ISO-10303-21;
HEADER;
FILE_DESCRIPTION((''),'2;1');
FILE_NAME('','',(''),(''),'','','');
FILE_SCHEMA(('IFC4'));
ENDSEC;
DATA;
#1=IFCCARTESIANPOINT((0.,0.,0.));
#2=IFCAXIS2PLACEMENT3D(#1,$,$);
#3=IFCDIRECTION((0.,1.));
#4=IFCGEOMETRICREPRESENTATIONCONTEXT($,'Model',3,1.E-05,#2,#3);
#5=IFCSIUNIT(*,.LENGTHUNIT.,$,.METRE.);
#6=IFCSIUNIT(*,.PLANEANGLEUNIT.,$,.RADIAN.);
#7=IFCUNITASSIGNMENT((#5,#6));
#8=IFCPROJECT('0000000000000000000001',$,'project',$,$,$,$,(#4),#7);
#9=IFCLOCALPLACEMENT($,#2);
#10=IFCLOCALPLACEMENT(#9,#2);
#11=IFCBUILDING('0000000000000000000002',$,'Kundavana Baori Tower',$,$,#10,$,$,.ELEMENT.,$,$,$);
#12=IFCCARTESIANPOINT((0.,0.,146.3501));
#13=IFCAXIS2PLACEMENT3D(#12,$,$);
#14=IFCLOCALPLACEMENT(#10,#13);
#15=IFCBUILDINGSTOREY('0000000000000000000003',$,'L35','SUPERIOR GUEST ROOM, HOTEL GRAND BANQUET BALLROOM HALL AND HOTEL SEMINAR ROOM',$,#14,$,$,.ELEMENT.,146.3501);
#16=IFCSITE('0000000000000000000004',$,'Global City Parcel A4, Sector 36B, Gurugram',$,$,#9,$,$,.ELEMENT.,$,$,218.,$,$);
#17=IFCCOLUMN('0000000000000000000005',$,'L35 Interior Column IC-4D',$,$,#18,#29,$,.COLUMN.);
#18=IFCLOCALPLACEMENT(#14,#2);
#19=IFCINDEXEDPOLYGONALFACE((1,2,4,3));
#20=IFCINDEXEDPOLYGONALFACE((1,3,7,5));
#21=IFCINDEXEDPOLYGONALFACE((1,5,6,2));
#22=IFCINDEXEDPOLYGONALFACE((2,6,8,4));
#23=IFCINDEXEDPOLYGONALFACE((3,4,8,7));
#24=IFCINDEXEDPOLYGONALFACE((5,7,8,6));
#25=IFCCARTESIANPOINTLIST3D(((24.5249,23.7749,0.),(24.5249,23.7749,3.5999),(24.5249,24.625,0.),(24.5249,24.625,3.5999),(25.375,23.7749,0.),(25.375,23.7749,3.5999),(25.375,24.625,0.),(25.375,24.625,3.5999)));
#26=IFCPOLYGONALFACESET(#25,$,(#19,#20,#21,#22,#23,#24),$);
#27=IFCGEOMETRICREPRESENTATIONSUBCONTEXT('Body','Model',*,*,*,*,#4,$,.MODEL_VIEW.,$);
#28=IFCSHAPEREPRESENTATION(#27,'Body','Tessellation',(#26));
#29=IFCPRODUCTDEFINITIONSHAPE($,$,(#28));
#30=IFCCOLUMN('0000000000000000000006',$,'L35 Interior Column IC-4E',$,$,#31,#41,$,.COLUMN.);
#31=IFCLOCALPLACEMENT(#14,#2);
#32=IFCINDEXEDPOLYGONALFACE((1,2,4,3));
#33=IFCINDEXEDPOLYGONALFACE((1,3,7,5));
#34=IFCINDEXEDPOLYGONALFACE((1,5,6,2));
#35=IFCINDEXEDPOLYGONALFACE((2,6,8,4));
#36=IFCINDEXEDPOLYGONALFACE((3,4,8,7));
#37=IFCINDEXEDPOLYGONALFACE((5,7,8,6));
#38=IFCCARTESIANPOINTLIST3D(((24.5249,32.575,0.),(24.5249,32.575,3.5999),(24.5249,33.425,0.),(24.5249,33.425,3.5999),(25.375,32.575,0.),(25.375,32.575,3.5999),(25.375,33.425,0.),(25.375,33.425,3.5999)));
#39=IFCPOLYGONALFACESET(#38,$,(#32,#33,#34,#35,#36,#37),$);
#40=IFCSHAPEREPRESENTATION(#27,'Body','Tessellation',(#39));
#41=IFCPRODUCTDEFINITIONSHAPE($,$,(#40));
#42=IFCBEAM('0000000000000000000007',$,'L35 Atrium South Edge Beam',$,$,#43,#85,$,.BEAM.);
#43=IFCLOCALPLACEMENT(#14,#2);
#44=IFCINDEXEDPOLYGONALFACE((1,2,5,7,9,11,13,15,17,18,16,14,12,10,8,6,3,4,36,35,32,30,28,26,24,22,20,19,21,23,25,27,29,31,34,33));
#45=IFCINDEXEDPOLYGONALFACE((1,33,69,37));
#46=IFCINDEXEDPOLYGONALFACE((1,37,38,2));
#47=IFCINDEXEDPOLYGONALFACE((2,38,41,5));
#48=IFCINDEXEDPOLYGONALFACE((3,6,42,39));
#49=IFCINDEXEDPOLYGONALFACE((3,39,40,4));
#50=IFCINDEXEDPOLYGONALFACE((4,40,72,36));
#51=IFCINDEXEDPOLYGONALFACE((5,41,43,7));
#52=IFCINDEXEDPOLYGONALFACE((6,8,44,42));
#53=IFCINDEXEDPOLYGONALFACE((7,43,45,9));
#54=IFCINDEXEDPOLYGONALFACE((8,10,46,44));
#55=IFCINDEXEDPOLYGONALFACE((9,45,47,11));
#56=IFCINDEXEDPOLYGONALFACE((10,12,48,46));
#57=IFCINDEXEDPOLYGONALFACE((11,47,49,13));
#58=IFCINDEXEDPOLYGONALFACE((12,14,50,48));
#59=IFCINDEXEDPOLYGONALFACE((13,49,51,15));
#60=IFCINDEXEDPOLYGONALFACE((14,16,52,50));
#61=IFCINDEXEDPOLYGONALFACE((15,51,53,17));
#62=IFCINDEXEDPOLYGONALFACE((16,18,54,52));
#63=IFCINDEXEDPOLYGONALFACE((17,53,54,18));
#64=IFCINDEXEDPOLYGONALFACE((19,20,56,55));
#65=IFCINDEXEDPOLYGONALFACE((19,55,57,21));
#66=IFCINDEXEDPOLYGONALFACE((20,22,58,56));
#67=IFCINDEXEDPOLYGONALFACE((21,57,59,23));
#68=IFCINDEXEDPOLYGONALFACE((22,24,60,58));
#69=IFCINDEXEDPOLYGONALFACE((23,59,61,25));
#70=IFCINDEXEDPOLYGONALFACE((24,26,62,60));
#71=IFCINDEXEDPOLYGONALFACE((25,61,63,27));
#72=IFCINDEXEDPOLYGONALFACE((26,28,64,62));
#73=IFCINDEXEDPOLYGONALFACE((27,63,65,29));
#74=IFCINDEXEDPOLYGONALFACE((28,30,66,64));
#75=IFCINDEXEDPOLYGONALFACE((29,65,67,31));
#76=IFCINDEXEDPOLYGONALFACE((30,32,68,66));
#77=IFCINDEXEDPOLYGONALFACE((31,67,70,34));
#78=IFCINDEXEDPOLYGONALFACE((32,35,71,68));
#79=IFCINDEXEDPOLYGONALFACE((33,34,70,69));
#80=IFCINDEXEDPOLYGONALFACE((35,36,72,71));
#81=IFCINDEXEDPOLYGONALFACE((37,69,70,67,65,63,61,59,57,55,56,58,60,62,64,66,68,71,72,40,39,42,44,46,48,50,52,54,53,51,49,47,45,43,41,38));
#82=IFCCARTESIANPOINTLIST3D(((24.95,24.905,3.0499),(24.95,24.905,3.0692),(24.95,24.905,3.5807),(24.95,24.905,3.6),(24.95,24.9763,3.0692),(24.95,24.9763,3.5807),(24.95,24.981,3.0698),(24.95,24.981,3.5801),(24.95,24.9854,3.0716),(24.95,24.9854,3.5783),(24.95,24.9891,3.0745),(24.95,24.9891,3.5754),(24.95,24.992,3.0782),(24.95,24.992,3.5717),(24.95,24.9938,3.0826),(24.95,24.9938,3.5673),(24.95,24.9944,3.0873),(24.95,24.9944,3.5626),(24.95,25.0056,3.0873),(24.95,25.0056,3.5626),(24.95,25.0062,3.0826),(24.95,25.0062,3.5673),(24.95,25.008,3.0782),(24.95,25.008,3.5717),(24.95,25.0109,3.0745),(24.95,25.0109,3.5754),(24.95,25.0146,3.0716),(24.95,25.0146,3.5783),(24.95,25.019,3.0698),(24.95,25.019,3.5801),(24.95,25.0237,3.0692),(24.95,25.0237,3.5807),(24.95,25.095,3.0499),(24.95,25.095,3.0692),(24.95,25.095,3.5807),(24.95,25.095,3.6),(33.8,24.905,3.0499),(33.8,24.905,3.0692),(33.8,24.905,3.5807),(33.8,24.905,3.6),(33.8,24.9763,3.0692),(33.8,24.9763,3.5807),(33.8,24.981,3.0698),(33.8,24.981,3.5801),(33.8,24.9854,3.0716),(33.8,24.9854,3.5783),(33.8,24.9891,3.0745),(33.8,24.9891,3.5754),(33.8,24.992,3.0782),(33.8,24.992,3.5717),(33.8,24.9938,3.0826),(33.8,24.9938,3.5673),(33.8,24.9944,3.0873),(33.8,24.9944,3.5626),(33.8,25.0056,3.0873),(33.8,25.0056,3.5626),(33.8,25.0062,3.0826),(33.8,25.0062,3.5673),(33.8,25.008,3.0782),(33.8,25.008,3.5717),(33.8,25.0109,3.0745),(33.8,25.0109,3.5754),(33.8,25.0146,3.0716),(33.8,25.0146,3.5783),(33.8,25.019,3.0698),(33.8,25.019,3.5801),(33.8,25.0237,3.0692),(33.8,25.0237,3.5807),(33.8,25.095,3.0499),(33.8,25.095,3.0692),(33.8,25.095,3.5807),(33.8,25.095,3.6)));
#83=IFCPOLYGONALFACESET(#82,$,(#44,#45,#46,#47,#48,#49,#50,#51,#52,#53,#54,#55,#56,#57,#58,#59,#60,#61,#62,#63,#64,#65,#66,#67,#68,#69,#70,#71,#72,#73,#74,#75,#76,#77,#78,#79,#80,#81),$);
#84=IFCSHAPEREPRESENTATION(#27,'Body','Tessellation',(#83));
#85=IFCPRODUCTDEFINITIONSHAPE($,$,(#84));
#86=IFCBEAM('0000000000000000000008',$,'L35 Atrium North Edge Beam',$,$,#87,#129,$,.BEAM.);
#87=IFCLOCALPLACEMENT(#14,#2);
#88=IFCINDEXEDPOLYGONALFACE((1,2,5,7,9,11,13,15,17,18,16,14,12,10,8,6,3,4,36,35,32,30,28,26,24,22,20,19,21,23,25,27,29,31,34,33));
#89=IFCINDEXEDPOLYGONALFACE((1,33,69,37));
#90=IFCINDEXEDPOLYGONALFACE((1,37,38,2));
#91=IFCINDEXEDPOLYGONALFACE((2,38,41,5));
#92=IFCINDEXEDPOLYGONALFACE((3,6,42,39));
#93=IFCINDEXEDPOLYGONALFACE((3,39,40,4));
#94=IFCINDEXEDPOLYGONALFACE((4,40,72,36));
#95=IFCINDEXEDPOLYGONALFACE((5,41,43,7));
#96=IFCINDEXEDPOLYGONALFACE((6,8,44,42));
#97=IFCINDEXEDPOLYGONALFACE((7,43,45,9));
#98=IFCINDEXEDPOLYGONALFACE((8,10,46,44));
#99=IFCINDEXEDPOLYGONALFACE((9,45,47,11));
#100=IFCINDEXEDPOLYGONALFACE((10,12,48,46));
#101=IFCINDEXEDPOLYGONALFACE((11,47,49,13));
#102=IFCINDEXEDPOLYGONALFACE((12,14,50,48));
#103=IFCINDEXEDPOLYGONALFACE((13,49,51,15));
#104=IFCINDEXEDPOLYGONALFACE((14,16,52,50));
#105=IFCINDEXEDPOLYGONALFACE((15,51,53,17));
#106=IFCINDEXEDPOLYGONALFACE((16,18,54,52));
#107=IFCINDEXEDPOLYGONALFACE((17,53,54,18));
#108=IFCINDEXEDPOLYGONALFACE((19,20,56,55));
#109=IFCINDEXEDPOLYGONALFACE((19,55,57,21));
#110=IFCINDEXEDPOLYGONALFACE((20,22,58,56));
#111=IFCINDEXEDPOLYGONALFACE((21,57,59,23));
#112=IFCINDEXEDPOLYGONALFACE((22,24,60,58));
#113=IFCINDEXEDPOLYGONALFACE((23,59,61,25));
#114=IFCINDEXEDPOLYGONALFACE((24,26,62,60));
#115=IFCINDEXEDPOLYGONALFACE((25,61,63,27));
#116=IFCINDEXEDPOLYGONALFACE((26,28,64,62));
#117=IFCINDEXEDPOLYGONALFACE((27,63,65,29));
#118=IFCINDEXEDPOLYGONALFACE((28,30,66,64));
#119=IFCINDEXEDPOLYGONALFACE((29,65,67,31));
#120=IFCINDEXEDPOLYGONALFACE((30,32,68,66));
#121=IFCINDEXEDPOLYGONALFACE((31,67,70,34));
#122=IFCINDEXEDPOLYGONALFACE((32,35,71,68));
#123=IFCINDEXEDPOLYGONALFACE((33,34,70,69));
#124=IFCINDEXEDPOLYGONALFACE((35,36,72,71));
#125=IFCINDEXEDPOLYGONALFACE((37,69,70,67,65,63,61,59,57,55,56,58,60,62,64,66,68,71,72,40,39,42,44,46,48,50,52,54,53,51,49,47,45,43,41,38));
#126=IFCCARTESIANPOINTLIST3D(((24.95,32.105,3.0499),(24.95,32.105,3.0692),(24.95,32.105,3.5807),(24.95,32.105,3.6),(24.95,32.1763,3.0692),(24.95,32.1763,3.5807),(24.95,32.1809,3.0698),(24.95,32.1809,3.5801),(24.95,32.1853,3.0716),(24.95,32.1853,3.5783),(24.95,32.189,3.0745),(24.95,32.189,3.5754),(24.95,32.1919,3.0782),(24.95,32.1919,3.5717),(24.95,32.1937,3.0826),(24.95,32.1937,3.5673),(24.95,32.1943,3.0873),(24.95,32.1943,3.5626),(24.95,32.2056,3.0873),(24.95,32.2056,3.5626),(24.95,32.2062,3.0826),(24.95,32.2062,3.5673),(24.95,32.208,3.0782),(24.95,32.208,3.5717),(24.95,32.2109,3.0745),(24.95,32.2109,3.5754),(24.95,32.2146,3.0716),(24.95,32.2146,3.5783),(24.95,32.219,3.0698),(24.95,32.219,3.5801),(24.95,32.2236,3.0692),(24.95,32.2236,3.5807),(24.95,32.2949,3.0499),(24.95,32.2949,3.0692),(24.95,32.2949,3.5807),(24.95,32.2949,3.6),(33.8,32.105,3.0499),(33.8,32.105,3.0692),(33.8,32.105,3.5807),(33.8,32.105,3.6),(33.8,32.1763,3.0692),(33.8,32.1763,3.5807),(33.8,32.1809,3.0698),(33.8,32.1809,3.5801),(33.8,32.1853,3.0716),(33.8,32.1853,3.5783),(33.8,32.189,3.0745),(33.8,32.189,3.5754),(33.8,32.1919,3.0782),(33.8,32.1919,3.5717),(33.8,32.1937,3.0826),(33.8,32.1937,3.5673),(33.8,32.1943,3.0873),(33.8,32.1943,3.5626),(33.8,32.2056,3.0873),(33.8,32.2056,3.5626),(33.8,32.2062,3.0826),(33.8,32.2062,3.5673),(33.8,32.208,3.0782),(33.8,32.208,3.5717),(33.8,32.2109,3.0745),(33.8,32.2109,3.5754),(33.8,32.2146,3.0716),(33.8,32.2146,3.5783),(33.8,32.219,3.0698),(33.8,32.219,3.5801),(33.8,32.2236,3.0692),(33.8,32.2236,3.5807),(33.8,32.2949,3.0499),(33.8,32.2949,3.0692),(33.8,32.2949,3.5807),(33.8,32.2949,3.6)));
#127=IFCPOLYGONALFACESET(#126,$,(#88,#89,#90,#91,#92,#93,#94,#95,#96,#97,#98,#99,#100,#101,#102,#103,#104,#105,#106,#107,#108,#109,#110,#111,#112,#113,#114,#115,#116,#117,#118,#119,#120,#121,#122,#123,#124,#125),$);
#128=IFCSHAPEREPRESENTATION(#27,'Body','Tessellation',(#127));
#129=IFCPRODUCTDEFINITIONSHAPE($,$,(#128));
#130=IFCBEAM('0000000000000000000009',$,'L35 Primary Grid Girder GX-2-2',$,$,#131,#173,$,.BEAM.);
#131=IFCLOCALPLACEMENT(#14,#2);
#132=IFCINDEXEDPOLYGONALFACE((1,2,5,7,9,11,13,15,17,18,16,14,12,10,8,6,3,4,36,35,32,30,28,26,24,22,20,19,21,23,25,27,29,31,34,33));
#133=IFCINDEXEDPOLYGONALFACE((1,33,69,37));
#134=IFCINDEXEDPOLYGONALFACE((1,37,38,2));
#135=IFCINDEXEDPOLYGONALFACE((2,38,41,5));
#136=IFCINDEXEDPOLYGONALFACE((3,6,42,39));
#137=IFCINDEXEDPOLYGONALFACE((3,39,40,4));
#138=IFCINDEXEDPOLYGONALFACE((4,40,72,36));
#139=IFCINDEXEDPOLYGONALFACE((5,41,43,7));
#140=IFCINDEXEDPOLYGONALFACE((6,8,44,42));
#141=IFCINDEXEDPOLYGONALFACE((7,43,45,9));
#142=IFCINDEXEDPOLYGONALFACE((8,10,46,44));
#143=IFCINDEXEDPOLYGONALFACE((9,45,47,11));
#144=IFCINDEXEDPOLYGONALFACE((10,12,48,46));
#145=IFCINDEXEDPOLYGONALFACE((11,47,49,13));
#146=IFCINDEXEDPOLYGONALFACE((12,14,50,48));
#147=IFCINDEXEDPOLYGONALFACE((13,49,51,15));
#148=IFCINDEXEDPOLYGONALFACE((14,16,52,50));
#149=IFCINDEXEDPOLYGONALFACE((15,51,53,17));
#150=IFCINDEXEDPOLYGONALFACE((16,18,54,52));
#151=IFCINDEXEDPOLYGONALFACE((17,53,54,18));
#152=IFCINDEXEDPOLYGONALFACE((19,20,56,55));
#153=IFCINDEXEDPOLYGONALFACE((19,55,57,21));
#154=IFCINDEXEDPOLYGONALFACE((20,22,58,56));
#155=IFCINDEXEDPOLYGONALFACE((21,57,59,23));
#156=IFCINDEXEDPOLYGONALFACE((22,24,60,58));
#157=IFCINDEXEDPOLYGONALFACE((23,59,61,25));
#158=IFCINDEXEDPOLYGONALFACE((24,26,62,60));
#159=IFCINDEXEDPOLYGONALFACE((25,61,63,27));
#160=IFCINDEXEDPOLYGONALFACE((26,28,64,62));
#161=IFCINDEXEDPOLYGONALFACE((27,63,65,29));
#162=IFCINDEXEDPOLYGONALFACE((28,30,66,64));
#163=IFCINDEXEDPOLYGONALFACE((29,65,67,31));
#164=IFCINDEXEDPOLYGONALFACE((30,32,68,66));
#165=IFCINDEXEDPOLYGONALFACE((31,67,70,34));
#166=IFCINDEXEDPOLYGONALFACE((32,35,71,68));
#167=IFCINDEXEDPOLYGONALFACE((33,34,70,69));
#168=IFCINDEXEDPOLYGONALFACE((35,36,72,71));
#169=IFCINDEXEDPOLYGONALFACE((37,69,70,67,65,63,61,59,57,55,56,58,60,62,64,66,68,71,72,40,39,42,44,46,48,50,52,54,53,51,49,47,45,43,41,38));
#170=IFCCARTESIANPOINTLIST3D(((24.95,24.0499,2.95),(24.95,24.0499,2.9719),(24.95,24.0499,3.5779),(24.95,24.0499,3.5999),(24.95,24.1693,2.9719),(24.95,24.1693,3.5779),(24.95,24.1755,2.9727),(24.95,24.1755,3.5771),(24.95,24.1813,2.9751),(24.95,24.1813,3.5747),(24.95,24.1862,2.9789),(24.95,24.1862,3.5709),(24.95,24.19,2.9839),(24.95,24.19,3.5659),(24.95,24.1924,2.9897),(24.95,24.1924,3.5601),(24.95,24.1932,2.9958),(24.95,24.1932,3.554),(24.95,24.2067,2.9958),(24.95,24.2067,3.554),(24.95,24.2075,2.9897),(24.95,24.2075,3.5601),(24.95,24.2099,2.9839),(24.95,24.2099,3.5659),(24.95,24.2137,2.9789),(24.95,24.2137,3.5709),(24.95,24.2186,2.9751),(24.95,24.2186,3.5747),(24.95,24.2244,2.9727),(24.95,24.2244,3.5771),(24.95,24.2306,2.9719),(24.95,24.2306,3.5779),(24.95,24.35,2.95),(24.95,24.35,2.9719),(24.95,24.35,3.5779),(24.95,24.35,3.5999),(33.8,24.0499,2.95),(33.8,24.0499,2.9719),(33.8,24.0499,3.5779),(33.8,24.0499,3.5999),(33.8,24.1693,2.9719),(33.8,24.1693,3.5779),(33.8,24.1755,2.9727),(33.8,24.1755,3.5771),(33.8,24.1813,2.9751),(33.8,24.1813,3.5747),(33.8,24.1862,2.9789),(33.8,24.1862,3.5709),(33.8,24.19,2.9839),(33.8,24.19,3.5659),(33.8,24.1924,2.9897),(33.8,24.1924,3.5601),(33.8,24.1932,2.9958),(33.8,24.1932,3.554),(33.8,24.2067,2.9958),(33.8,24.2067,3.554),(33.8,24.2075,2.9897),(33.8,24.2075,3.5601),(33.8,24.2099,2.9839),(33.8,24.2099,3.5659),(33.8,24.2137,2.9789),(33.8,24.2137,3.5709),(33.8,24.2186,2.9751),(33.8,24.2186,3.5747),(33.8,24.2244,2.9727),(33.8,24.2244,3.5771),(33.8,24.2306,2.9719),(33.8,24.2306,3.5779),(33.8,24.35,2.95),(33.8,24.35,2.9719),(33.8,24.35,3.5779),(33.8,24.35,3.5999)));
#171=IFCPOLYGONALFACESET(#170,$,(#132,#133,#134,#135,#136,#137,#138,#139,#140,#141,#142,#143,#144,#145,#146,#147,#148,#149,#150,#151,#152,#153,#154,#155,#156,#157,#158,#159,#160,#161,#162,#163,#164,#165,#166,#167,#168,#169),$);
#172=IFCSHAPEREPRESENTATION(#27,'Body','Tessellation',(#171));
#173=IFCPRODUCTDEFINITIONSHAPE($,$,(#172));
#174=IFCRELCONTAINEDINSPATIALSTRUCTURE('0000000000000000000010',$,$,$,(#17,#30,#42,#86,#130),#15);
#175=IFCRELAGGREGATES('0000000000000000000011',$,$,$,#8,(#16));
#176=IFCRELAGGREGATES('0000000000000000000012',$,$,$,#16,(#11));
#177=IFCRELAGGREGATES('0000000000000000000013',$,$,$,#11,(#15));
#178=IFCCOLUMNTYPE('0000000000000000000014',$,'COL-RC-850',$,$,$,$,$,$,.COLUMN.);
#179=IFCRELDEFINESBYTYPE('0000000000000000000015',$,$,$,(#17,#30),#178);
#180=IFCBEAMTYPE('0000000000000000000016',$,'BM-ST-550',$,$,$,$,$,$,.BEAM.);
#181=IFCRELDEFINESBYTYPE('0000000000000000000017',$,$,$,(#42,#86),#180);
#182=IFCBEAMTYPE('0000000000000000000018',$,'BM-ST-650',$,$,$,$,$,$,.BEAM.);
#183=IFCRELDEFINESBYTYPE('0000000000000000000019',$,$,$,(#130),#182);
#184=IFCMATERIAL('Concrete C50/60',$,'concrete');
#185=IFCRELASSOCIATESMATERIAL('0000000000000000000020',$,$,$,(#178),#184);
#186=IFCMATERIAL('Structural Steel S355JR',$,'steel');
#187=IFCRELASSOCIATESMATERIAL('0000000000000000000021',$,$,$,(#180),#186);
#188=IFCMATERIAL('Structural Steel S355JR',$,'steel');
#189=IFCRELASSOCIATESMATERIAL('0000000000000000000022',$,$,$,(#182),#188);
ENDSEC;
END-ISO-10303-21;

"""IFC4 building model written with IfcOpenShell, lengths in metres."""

from ifc_helpers import new_model, si_unit, direction, frame, origin, origin_2d, place, context, subcontext, project, spatial, rectangle, i_section, extrude, material, material_profile, profile_set, type_object, element, save


model = new_model("IFC4")

# Units and contexts
model_context = context("Model", 3, precision=1e-05, world=origin(), true_north=direction((0.0, 1.0)))
body_context = subcontext(model_context, "Body", "Model", "MODEL_VIEW")
ifc_project = project(units=[si_unit("LENGTHUNIT", "METRE"), si_unit("PLANEANGLEUNIT", "RADIAN")], contexts=[model_context])

# Site, building, storey
site_placement = place(None, origin())
site = spatial("IfcSite", under=ifc_project, at=site_placement, Name="Global City Parcel A4, Sector 36B, Gurugram", CompositionType="ELEMENT", RefElevation=218.0)
building_placement = place(site_placement, origin())
building = spatial("IfcBuilding", under=site, at=building_placement, Name="Kundavana Baori Tower", CompositionType="ELEMENT")
storey_placement = place(building_placement, frame((0.0, 0.0, 146.3501)))
storey = spatial("IfcBuildingStorey", under=building, at=storey_placement, Name="L35", Description="SUPERIOR GUEST ROOM, HOTEL GRAND BANQUET BALLROOM HALL AND HOTEL SEMINAR ROOM", CompositionType="ELEMENT", Elevation=146.3501)

# Columns
ifc_material_1 = material(Name="Concrete C50/60", Category="concrete")
ifc_material_profile_1 = material_profile(ifc_material_1, rectangle(XDim=0.8501, YDim=0.8501, at=origin_2d()), Name="RC 850x850")
ifc_profile_set_1 = profile_set([ifc_material_profile_1], Name="Concrete C50/60")
column_type = type_object("IfcColumnType", Name="COL-RC-850", PredefinedType="COLUMN", material=ifc_profile_set_1)
for number, where, z_axis, x_axis, name in (
    (1, (24.95, 24.2, 0.0), (0.0, 0.0, 1.0), (1.0, 0.0, 0.0), "L35 Interior Column IC-4D"),
    (2, (24.95, 33.0, 0.0), (0.0, 0.0, 1.0), (1.0, 0.0, 0.0), "L35 Interior Column IC-4E"),
):
    element("IfcColumn", number, at=place(storey_placement, frame(where, z_axis=z_axis, x_axis=x_axis)), inside=storey, type_object=column_type, Name=name, PredefinedType="COLUMN", context=body_context, shape_type="SweptSolid", body=[
        extrude(rectangle(XDim=0.8501, YDim=0.8501, at=origin_2d()), origin(), (0.0, 0.0, 1.0), 3.5999),
    ])

# Beams
ifc_material_2 = material(Name="Structural Steel S355JR", Category="steel")
ifc_material_profile_2 = material_profile(ifc_material_2, i_section(OverallWidth=0.1899, OverallDepth=0.55, WebThickness=0.0112, FlangeThickness=0.0193, FilletRadius=0.0181, at=origin_2d()), Name="ISMB 550")
ifc_profile_set_2 = profile_set([ifc_material_profile_2], Name="Structural Steel S355JR")
beam_type_1 = type_object("IfcBeamType", Name="BM-ST-550", PredefinedType="BEAM", material=ifc_profile_set_2)
for number, where, z_axis, x_axis, name in (
    (3, (24.95, 25.0, 3.325), (1.0, 0.0, 0.0), (0.0, 1.0, 0.0), "L35 Atrium South Edge Beam"),
    (4, (24.95, 32.2, 3.325), (1.0, 0.0, 0.0), (0.0, 1.0, 0.0), "L35 Atrium North Edge Beam"),
):
    element("IfcBeam", number, at=place(storey_placement, frame(where, z_axis=z_axis, x_axis=x_axis)), inside=storey, type_object=beam_type_1, Name=name, PredefinedType="BEAM", context=body_context, shape_type="SweptSolid", body=[
        extrude(i_section(OverallWidth=0.1899, OverallDepth=0.55, WebThickness=0.0112, FlangeThickness=0.0193, FilletRadius=0.0181, at=origin_2d()), origin(), (0.0, 0.0, 1.0), 8.8501),
    ])
ifc_material_3 = material(Name="Structural Steel S355JR", Category="steel")
ifc_material_profile_3 = material_profile(ifc_material_3, i_section(OverallWidth=0.3, OverallDepth=0.6499, WebThickness=0.0134, FlangeThickness=0.022, FilletRadius=0.0239, at=origin_2d()), Name="NPB 650x300x155")
ifc_profile_set_3 = profile_set([ifc_material_profile_3], Name="Structural Steel S355JR")
beam_type_2 = type_object("IfcBeamType", Name="BM-ST-650", PredefinedType="BEAM", material=ifc_profile_set_3)
for number, where, z_axis, x_axis, name in (
    (5, (24.95, 24.2, 3.2749), (1.0, 0.0, 0.0), (0.0, 1.0, 0.0), "L35 Primary Grid Girder GX-2-2"),
):
    element("IfcBeam", number, at=place(storey_placement, frame(where, z_axis=z_axis, x_axis=x_axis)), inside=storey, type_object=beam_type_2, Name=name, PredefinedType="BEAM", context=body_context, shape_type="SweptSolid", body=[
        extrude(i_section(OverallWidth=0.3, OverallDepth=0.6499, WebThickness=0.0134, FlangeThickness=0.022, FilletRadius=0.0239, at=origin_2d()), origin(), (0.0, 0.0, 1.0), 8.8501),
    ])

save(model, "model.ifc")
